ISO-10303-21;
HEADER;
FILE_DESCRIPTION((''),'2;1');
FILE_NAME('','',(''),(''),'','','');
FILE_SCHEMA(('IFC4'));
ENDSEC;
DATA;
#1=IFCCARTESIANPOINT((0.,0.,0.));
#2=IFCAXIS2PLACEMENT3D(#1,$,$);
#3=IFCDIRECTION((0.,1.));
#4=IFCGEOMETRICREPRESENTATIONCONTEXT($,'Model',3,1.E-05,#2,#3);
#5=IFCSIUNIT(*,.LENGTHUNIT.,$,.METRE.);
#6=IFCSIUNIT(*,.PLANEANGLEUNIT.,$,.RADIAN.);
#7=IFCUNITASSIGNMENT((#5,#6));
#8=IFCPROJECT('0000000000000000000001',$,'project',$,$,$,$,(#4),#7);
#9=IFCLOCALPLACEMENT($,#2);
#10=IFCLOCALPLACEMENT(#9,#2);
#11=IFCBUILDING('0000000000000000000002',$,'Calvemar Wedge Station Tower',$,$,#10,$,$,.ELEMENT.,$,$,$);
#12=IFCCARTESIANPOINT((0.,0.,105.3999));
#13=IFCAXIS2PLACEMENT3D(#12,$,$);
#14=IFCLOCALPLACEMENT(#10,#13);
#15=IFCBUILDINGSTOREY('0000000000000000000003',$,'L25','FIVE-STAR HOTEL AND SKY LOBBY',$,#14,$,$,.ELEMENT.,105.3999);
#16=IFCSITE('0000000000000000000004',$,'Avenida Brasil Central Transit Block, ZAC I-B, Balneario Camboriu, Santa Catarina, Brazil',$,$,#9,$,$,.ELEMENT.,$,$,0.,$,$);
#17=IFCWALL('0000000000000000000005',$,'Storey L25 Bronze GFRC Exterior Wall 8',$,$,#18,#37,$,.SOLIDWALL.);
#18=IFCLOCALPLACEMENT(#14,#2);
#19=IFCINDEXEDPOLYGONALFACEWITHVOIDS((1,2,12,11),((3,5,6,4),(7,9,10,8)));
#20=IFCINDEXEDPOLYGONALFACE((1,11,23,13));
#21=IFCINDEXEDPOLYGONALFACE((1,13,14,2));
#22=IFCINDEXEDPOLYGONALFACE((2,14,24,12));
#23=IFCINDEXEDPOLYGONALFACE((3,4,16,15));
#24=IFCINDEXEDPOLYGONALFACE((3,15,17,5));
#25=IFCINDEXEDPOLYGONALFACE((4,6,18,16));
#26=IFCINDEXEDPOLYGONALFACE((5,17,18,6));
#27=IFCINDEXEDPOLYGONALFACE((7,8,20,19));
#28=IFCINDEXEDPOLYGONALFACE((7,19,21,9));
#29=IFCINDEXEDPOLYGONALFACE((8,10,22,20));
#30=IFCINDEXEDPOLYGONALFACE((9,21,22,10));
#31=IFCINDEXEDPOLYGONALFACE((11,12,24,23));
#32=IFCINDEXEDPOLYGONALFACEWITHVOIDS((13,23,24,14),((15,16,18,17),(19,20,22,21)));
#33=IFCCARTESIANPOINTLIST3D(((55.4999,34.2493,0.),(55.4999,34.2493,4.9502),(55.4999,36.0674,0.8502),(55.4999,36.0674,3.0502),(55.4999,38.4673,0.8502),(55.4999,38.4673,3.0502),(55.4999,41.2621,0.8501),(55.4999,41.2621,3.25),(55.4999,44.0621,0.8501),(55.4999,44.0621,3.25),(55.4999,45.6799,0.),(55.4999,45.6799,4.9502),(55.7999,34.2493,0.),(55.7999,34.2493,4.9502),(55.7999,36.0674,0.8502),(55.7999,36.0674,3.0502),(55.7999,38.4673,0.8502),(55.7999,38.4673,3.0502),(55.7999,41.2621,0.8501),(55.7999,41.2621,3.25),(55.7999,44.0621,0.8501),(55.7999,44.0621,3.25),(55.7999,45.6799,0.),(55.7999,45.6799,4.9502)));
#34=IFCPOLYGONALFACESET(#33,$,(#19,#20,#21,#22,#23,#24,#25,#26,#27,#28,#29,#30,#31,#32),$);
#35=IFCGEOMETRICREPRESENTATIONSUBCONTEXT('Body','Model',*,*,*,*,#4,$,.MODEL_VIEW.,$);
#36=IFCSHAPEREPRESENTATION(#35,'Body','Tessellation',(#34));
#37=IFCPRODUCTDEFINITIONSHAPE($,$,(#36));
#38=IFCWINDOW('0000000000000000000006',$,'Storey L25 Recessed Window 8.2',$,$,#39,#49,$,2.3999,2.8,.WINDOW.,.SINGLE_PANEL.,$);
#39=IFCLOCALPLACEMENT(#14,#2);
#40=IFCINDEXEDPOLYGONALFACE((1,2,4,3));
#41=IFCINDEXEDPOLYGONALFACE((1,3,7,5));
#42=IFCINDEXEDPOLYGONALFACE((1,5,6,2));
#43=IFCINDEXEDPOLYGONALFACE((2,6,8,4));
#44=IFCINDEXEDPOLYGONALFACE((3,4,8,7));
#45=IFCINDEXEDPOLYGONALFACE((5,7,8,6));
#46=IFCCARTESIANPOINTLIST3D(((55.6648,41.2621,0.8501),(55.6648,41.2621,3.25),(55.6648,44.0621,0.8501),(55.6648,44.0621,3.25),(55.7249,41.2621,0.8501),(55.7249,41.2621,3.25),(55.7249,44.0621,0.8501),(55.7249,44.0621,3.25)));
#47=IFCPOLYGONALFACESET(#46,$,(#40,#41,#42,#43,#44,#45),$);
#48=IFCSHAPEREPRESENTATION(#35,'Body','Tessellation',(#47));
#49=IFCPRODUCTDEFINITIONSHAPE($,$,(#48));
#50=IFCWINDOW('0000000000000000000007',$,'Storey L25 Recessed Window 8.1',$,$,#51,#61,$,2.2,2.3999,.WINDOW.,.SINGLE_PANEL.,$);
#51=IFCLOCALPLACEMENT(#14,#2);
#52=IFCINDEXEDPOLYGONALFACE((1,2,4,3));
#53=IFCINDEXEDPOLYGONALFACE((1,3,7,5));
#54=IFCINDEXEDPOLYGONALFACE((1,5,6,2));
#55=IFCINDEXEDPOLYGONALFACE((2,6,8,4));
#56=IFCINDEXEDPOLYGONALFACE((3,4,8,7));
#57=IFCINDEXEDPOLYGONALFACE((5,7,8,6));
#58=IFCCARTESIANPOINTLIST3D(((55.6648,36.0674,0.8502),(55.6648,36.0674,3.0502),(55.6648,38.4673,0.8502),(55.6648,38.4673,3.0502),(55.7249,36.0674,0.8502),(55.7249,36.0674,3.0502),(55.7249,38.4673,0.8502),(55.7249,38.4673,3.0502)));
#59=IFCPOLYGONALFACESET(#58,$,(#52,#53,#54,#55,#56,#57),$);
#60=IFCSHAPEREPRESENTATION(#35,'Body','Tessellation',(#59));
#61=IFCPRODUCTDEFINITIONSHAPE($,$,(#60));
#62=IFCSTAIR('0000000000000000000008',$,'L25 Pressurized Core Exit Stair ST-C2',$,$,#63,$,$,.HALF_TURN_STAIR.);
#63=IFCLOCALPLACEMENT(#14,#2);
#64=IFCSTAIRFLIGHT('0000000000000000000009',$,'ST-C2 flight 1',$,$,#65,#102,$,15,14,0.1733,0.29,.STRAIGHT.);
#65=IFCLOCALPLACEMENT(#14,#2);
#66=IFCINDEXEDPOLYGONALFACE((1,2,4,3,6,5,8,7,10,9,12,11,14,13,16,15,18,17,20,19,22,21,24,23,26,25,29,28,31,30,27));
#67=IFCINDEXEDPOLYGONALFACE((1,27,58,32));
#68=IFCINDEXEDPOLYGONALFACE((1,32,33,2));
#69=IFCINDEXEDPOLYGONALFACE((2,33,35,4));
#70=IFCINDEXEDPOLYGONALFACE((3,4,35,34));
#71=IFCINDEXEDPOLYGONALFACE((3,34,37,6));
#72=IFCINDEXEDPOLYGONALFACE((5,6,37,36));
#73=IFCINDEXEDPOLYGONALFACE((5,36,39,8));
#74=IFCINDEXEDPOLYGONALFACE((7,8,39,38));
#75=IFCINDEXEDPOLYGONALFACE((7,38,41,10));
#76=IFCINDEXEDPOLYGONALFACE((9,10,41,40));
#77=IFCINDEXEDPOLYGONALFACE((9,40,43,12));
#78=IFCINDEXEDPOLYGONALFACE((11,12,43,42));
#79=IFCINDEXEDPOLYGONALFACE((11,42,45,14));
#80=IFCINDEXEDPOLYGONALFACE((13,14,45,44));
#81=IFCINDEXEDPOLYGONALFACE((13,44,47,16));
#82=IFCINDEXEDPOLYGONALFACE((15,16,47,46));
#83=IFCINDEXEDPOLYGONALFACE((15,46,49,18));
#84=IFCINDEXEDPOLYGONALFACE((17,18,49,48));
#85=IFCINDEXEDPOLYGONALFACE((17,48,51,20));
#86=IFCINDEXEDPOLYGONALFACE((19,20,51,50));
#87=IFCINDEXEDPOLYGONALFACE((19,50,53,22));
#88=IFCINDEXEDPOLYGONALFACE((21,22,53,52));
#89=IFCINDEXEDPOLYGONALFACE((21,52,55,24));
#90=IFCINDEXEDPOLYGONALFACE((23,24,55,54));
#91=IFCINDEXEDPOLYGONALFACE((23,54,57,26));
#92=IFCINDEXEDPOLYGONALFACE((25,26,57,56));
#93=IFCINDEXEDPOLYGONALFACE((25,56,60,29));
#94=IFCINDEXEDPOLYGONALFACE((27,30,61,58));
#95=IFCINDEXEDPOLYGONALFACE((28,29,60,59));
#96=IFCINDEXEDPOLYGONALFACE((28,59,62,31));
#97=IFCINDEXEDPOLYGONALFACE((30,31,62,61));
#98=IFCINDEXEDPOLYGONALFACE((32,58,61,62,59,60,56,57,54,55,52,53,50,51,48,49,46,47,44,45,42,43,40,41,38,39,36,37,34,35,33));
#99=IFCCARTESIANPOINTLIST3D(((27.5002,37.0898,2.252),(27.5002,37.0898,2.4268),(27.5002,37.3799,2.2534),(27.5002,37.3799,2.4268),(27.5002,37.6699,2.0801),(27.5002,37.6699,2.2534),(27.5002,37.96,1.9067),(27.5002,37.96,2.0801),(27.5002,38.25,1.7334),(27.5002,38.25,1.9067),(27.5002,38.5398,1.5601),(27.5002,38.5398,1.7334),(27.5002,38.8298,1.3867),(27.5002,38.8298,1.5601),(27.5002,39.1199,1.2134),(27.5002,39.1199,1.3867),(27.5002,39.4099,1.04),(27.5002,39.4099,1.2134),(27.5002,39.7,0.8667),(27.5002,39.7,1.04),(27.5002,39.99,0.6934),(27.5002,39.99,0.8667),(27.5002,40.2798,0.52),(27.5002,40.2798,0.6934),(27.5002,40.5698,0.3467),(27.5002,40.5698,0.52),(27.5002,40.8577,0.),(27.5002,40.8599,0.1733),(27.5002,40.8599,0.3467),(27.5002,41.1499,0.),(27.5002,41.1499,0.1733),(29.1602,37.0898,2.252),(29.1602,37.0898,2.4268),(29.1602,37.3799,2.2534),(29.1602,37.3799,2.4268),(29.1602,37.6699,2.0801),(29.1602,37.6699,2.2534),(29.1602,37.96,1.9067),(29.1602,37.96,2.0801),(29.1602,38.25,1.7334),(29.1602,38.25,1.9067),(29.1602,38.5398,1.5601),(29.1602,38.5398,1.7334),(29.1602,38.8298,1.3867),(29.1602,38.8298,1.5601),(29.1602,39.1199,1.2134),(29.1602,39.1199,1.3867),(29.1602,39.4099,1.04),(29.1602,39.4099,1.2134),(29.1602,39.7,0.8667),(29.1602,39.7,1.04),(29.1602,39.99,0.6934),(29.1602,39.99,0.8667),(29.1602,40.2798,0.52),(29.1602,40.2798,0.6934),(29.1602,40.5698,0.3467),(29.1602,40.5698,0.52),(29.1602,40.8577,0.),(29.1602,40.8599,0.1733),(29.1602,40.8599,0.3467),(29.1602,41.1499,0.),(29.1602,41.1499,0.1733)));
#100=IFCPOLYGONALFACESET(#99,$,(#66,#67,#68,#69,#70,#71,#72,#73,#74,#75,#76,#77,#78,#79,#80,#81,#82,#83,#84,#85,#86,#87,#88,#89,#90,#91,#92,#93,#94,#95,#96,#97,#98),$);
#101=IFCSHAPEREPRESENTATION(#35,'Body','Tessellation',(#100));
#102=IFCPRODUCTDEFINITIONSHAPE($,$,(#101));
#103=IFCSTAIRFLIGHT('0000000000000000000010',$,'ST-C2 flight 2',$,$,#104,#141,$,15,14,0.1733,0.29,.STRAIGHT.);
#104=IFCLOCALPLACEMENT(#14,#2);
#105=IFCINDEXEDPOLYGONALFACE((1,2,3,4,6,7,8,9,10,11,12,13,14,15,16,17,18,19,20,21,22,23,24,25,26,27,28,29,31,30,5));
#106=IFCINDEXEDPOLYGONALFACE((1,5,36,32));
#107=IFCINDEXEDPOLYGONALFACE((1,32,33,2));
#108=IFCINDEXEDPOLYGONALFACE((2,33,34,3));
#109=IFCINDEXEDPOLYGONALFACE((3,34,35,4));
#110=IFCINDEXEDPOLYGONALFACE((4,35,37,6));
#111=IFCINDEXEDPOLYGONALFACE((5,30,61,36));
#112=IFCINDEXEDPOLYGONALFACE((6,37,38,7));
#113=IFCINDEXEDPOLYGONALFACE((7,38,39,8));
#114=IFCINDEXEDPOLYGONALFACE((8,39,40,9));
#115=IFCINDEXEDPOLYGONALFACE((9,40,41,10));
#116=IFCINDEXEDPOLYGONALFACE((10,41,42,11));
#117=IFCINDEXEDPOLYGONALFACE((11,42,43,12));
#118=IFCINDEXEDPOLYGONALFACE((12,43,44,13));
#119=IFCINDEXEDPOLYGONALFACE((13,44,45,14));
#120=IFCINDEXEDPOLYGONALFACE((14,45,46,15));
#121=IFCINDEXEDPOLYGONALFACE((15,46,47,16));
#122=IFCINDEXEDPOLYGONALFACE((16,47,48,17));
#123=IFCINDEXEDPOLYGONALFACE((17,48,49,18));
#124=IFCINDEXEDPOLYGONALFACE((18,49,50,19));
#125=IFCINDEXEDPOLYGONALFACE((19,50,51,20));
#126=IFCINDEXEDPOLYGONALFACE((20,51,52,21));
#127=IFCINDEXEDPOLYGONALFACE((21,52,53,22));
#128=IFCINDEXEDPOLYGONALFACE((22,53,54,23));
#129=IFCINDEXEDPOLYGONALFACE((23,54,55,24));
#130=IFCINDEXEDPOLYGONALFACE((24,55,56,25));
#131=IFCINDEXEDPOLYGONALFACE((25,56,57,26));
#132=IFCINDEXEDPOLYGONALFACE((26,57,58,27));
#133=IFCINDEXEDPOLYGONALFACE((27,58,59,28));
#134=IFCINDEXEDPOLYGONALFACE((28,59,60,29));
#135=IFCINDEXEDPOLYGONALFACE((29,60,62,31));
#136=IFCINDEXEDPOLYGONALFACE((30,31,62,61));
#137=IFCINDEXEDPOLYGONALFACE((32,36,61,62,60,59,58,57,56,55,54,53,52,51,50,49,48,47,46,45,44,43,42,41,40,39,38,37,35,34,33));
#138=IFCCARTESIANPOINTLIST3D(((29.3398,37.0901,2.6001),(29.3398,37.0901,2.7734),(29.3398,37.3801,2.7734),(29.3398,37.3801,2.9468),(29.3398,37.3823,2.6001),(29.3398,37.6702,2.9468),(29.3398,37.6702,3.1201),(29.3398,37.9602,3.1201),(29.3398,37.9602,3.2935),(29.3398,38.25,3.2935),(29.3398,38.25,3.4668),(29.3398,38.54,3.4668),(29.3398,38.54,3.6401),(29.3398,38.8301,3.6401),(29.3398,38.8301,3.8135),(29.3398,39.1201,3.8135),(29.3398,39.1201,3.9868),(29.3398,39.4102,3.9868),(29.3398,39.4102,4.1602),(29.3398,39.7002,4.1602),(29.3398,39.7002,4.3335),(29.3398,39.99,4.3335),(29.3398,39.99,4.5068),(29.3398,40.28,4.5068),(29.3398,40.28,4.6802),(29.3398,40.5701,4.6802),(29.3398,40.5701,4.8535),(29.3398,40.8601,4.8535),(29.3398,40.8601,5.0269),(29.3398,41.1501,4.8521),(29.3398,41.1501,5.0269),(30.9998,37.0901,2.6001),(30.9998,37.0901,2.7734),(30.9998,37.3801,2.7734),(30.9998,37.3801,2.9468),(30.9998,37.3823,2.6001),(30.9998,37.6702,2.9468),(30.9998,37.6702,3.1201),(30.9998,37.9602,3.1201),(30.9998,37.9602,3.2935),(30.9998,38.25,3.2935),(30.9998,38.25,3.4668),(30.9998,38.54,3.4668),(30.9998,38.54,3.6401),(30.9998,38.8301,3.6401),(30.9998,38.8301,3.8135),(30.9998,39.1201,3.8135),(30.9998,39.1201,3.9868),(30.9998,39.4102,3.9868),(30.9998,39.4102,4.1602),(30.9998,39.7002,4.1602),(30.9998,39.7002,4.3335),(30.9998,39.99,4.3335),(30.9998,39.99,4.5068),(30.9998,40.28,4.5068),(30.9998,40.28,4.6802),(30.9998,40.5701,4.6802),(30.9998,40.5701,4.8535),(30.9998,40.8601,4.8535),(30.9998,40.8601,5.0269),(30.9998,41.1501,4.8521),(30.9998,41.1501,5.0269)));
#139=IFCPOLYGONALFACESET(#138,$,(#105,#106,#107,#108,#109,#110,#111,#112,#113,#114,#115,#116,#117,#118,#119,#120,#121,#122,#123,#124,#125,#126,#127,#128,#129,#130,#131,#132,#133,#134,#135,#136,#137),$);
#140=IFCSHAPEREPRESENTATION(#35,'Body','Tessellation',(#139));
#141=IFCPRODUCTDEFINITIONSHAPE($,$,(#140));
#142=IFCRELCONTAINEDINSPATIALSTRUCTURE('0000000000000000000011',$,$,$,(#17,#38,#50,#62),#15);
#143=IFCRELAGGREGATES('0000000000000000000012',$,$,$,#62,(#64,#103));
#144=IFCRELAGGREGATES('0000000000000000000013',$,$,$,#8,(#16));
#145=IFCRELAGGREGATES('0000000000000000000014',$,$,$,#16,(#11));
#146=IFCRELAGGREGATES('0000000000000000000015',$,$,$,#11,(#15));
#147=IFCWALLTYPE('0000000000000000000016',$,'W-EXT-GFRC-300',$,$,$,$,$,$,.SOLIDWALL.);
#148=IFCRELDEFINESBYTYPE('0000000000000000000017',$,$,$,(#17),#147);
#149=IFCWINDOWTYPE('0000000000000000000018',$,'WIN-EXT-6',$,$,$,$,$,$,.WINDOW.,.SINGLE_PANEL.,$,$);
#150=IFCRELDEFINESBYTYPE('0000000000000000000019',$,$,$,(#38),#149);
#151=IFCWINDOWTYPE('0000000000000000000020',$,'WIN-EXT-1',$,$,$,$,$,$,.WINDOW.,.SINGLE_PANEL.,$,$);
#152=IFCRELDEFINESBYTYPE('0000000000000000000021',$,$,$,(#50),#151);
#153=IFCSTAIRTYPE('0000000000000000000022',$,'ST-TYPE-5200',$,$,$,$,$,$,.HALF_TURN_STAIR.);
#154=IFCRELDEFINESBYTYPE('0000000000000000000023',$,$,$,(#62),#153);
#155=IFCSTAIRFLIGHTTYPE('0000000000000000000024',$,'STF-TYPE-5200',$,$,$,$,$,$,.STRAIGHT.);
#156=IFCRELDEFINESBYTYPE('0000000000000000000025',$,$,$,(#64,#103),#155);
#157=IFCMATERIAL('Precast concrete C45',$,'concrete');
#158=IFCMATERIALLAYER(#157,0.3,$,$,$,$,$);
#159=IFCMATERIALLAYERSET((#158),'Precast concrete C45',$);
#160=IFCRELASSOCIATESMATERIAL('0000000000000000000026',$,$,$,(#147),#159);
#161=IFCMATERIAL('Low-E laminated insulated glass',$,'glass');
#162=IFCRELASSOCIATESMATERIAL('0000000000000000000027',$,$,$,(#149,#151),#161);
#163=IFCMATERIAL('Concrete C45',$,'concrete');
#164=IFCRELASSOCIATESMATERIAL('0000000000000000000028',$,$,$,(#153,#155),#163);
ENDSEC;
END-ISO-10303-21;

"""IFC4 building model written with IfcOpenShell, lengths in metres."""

from ifc_helpers import new_model, si_unit, direction, frame, frame_2d, origin, place, context, subcontext, project, spatial, polyline, rectangle, outline, extrude, source, transform, mapped, material, layer, layer_set, type_object, element, fill, aggregate, save


model = new_model("IFC4")

# Units and contexts
model_context = context("Model", 3, precision=1e-05, world=origin(), true_north=direction((0.0, 1.0)))
body_context = subcontext(model_context, "Body", "Model", "MODEL_VIEW")
ifc_project = project(units=[si_unit("LENGTHUNIT", "METRE"), si_unit("PLANEANGLEUNIT", "RADIAN")], contexts=[model_context])

# Site, building, storey
site_placement = place(None, origin())
site = spatial("IfcSite", under=ifc_project, at=site_placement, Name="Avenida Brasil Central Transit Block, ZAC I-B, Balneario Camboriu, Santa Catarina, Brazil", CompositionType="ELEMENT", RefElevation=0.0)
building_placement = place(site_placement, origin())
building = spatial("IfcBuilding", under=site, at=building_placement, Name="Calvemar Wedge Station Tower", CompositionType="ELEMENT")
storey_placement = place(building_placement, frame((0.0, 0.0, 105.3999)))
storey = spatial("IfcBuildingStorey", under=building, at=storey_placement, Name="L25", Description="FIVE-STAR HOTEL AND SKY LOBBY", CompositionType="ELEMENT", Elevation=105.3999)

# Shared definitions
ifc_material_1 = material(Name="Low-E laminated insulated glass", Category="glass")

# Shared definitions
ifc_material_2 = material(Name="Precast concrete C45", Category="concrete")
ifc_layer_1 = layer(ifc_material_2, 0.3)
ifc_layer_set_1 = layer_set([ifc_layer_1], Name="Precast concrete C45")
wall_type_1 = type_object("IfcWallType", Name="W-EXT-GFRC-300", PredefinedType="SOLIDWALL", material=ifc_layer_set_1)
shared_shape_1 = source(origin(), body_context, "Body", "SweptSolid", [
    extrude(rectangle(XDim=2.8, YDim=2.3999, at=frame_2d((1.3999, 1.2))), frame((0.0, 0.1602, 0.0), z_axis=(0.0, -1.0, 0.0), x_axis=(1.0, 0.0, 0.0)), (0.0, 0.0, 1.0), 0.3201),
])
window_type_1 = type_object("IfcWindowType", Name="WIN-EXT-6", PartitioningType="SINGLE_PANEL", PredefinedType="WINDOW", material=ifc_material_1)
shared_shape_2 = source(origin(), body_context, "Body", "SweptSolid", [
    extrude(rectangle(XDim=2.8, YDim=2.3999, at=frame_2d((1.3999, 1.2))), frame((0.0, -0.0149, 0.0), z_axis=(0.0, -1.0, 0.0), x_axis=(1.0, 0.0, 0.0)), (0.0, 0.0, 1.0), 0.0601),
])

# Wall, openings, windows
wall_1_placement = place(storey_placement, frame((55.6499, 34.2493, 0.0), z_axis=(0.0, 0.0, 1.0), x_axis=(0.0, 1.0, 0.0)))
wall_1 = element("IfcWall", 1, at=wall_1_placement, inside=storey, type_object=wall_type_1, Name="Storey L25 Bronze GFRC Exterior Wall 8", PredefinedType="SOLIDWALL", context=body_context, shape_type="SweptSolid", body=[
    extrude(rectangle(XDim=11.4307, YDim=0.3, at=frame_2d((5.7153, 0.0))), origin(), (0.0, 0.0, 1.0), 4.9502),
])
shared_shape_3 = source(origin(), body_context, "Body", "SweptSolid", [
    extrude(rectangle(XDim=2.3999, YDim=2.2, at=frame_2d((1.2, 1.1001))), frame((0.0, 0.1602, 0.0), z_axis=(0.0, -1.0, 0.0), x_axis=(1.0, 0.0, 0.0)), (0.0, 0.0, 1.0), 0.3201),
])
opening_1_placement = place(wall_1_placement, frame((1.8181, 0.0, 0.8501)))
opening_1 = element("IfcOpeningElement", 2, at=opening_1_placement, cuts=wall_1, PredefinedType="OPENING", context=body_context, shape_type="MappedRepresentation", body=[
    mapped(shared_shape_3, transform((0.0, 0.0, 0.0), scale=1.0)),
])
opening_2_placement = place(wall_1_placement, frame((7.0129, 0.0, 0.8501)))
opening_2 = element("IfcOpeningElement", 3, at=opening_2_placement, cuts=wall_1, PredefinedType="OPENING", context=body_context, shape_type="MappedRepresentation", body=[
    mapped(shared_shape_1, transform((0.0, 0.0, 0.0), scale=1.0)),
])
window_1_placement = place(opening_2_placement, origin())
window_1 = element("IfcWindow", 4, at=window_1_placement, inside=storey, type_object=window_type_1, Name="Storey L25 Recessed Window 8.2", OverallHeight=2.3999, OverallWidth=2.8, PartitioningType="SINGLE_PANEL", PredefinedType="WINDOW", context=body_context, shape_type="MappedRepresentation", body=[
    mapped(shared_shape_2, transform((0.0, 0.0, 0.0), scale=1.0)),
])
fill(opening_2, window_1)
window_type_2 = type_object("IfcWindowType", Name="WIN-EXT-1", PartitioningType="SINGLE_PANEL", PredefinedType="WINDOW", material=ifc_material_1)
shared_shape_4 = source(origin(), body_context, "Body", "SweptSolid", [
    extrude(rectangle(XDim=2.3999, YDim=2.2, at=frame_2d((1.2, 1.1001))), frame((0.0, -0.0149, 0.0), z_axis=(0.0, -1.0, 0.0), x_axis=(1.0, 0.0, 0.0)), (0.0, 0.0, 1.0), 0.0601),
])
window_2_placement = place(opening_1_placement, origin())
window_2 = element("IfcWindow", 5, at=window_2_placement, inside=storey, type_object=window_type_2, Name="Storey L25 Recessed Window 8.1", OverallHeight=2.2, OverallWidth=2.3999, PartitioningType="SINGLE_PANEL", PredefinedType="WINDOW", context=body_context, shape_type="MappedRepresentation", body=[
    mapped(shared_shape_4, transform((0.0, 0.0, 0.0), scale=1.0)),
])
fill(opening_1, window_2)

# Stair, stair flights
ifc_material_3 = material(Name="Concrete C45", Category="concrete")
stair_type = type_object("IfcStairType", Name="ST-TYPE-5200", PredefinedType="HALF_TURN_STAIR", material=ifc_material_3)
stair_placement = place(storey_placement, origin())
stair = element("IfcStair", 6, at=stair_placement, inside=storey, type_object=stair_type, Name="L25 Pressurized Core Exit Stair ST-C2", PredefinedType="HALF_TURN_STAIR")
stair_flight_type = type_object("IfcStairFlightType", Name="STF-TYPE-5200", PredefinedType="STRAIGHT", material=ifc_material_3)
stair_flight_1_placement = place(storey_placement, frame((28.3301, 41.1499, 0.0), z_axis=(0.0, 0.0, 1.0), x_axis=(0.0, -1.0, 0.0)))
stair_flight_1 = element("IfcStairFlight", 7, at=stair_flight_1_placement, type_object=stair_flight_type, Name="ST-C2 flight 1", NumberOfRisers=15, NumberOfTreads=14, PredefinedType="STRAIGHT", RiserHeight=0.1733, TreadLength=0.29, context=body_context, shape_type="SweptSolid", body=[
    extrude(outline(polyline([(0.0, 0.0), (0.0, 0.1733), (0.29, 0.1733), (0.29, 0.3467), (0.5801, 0.3467), (0.5801, 0.52), (0.8701, 0.52), (0.8701, 0.6934), (1.1599, 0.6934), (1.1599, 0.8667), (1.45, 0.8667), (1.45, 1.04), (1.74, 1.04), (1.74, 1.2134), (2.03, 1.2134), (2.03, 1.3867), (2.3201, 1.3867), (2.3201, 1.5601), (2.6101, 1.5601), (2.6101, 1.7334), (2.8999, 1.7334), (2.8999, 1.9067), (3.1899, 1.9067), (3.1899, 2.0801), (3.48, 2.0801), (3.48, 2.2534), (3.77, 2.2534), (3.77, 2.4268), (4.0601, 2.4268), (4.0601, 2.6001), (4.0601, 2.252), (0.2922, 0.0), (0.0, 0.0)])), frame((0.0, 0.8301, 0.0), z_axis=(0.0, -1.0, 0.0), x_axis=(1.0, 0.0, 0.0)), (0.0, 0.0, 1.0), 1.6599),
])
stair_flight_2_placement = place(storey_placement, frame((30.1699, 37.0901, 2.6001), z_axis=(0.0, 0.0, 1.0), x_axis=(0.0, 1.0, 0.0)))
stair_flight_2 = element("IfcStairFlight", 8, at=stair_flight_2_placement, type_object=stair_flight_type, Name="ST-C2 flight 2", NumberOfRisers=15, NumberOfTreads=14, PredefinedType="STRAIGHT", RiserHeight=0.1733, TreadLength=0.29, context=body_context, shape_type="SweptSolid", body=[
    extrude(outline(polyline([(0.0, 0.0), (0.0, 0.1733), (0.29, 0.1733), (0.29, 0.3467), (0.5801, 0.3467), (0.5801, 0.52), (0.8701, 0.52), (0.8701, 0.6934), (1.1599, 0.6934), (1.1599, 0.8667), (1.45, 0.8667), (1.45, 1.04), (1.74, 1.04), (1.74, 1.2134), (2.03, 1.2134), (2.03, 1.3867), (2.3201, 1.3867), (2.3201, 1.5601), (2.6101, 1.5601), (2.6101, 1.7334), (2.8999, 1.7334), (2.8999, 1.9067), (3.1899, 1.9067), (3.1899, 2.0801), (3.48, 2.0801), (3.48, 2.2534), (3.77, 2.2534), (3.77, 2.4268), (4.0601, 2.4268), (4.0601, 2.6001), (4.0601, 2.252), (0.2922, 0.0), (0.0, 0.0)])), frame((0.0, 0.8301, 0.0), z_axis=(0.0, -1.0, 0.0), x_axis=(1.0, 0.0, 0.0)), (0.0, 0.0, 1.0), 1.6599),
])
aggregate(stair, [stair_flight_1, stair_flight_2])

save(model, "model.ifc")
